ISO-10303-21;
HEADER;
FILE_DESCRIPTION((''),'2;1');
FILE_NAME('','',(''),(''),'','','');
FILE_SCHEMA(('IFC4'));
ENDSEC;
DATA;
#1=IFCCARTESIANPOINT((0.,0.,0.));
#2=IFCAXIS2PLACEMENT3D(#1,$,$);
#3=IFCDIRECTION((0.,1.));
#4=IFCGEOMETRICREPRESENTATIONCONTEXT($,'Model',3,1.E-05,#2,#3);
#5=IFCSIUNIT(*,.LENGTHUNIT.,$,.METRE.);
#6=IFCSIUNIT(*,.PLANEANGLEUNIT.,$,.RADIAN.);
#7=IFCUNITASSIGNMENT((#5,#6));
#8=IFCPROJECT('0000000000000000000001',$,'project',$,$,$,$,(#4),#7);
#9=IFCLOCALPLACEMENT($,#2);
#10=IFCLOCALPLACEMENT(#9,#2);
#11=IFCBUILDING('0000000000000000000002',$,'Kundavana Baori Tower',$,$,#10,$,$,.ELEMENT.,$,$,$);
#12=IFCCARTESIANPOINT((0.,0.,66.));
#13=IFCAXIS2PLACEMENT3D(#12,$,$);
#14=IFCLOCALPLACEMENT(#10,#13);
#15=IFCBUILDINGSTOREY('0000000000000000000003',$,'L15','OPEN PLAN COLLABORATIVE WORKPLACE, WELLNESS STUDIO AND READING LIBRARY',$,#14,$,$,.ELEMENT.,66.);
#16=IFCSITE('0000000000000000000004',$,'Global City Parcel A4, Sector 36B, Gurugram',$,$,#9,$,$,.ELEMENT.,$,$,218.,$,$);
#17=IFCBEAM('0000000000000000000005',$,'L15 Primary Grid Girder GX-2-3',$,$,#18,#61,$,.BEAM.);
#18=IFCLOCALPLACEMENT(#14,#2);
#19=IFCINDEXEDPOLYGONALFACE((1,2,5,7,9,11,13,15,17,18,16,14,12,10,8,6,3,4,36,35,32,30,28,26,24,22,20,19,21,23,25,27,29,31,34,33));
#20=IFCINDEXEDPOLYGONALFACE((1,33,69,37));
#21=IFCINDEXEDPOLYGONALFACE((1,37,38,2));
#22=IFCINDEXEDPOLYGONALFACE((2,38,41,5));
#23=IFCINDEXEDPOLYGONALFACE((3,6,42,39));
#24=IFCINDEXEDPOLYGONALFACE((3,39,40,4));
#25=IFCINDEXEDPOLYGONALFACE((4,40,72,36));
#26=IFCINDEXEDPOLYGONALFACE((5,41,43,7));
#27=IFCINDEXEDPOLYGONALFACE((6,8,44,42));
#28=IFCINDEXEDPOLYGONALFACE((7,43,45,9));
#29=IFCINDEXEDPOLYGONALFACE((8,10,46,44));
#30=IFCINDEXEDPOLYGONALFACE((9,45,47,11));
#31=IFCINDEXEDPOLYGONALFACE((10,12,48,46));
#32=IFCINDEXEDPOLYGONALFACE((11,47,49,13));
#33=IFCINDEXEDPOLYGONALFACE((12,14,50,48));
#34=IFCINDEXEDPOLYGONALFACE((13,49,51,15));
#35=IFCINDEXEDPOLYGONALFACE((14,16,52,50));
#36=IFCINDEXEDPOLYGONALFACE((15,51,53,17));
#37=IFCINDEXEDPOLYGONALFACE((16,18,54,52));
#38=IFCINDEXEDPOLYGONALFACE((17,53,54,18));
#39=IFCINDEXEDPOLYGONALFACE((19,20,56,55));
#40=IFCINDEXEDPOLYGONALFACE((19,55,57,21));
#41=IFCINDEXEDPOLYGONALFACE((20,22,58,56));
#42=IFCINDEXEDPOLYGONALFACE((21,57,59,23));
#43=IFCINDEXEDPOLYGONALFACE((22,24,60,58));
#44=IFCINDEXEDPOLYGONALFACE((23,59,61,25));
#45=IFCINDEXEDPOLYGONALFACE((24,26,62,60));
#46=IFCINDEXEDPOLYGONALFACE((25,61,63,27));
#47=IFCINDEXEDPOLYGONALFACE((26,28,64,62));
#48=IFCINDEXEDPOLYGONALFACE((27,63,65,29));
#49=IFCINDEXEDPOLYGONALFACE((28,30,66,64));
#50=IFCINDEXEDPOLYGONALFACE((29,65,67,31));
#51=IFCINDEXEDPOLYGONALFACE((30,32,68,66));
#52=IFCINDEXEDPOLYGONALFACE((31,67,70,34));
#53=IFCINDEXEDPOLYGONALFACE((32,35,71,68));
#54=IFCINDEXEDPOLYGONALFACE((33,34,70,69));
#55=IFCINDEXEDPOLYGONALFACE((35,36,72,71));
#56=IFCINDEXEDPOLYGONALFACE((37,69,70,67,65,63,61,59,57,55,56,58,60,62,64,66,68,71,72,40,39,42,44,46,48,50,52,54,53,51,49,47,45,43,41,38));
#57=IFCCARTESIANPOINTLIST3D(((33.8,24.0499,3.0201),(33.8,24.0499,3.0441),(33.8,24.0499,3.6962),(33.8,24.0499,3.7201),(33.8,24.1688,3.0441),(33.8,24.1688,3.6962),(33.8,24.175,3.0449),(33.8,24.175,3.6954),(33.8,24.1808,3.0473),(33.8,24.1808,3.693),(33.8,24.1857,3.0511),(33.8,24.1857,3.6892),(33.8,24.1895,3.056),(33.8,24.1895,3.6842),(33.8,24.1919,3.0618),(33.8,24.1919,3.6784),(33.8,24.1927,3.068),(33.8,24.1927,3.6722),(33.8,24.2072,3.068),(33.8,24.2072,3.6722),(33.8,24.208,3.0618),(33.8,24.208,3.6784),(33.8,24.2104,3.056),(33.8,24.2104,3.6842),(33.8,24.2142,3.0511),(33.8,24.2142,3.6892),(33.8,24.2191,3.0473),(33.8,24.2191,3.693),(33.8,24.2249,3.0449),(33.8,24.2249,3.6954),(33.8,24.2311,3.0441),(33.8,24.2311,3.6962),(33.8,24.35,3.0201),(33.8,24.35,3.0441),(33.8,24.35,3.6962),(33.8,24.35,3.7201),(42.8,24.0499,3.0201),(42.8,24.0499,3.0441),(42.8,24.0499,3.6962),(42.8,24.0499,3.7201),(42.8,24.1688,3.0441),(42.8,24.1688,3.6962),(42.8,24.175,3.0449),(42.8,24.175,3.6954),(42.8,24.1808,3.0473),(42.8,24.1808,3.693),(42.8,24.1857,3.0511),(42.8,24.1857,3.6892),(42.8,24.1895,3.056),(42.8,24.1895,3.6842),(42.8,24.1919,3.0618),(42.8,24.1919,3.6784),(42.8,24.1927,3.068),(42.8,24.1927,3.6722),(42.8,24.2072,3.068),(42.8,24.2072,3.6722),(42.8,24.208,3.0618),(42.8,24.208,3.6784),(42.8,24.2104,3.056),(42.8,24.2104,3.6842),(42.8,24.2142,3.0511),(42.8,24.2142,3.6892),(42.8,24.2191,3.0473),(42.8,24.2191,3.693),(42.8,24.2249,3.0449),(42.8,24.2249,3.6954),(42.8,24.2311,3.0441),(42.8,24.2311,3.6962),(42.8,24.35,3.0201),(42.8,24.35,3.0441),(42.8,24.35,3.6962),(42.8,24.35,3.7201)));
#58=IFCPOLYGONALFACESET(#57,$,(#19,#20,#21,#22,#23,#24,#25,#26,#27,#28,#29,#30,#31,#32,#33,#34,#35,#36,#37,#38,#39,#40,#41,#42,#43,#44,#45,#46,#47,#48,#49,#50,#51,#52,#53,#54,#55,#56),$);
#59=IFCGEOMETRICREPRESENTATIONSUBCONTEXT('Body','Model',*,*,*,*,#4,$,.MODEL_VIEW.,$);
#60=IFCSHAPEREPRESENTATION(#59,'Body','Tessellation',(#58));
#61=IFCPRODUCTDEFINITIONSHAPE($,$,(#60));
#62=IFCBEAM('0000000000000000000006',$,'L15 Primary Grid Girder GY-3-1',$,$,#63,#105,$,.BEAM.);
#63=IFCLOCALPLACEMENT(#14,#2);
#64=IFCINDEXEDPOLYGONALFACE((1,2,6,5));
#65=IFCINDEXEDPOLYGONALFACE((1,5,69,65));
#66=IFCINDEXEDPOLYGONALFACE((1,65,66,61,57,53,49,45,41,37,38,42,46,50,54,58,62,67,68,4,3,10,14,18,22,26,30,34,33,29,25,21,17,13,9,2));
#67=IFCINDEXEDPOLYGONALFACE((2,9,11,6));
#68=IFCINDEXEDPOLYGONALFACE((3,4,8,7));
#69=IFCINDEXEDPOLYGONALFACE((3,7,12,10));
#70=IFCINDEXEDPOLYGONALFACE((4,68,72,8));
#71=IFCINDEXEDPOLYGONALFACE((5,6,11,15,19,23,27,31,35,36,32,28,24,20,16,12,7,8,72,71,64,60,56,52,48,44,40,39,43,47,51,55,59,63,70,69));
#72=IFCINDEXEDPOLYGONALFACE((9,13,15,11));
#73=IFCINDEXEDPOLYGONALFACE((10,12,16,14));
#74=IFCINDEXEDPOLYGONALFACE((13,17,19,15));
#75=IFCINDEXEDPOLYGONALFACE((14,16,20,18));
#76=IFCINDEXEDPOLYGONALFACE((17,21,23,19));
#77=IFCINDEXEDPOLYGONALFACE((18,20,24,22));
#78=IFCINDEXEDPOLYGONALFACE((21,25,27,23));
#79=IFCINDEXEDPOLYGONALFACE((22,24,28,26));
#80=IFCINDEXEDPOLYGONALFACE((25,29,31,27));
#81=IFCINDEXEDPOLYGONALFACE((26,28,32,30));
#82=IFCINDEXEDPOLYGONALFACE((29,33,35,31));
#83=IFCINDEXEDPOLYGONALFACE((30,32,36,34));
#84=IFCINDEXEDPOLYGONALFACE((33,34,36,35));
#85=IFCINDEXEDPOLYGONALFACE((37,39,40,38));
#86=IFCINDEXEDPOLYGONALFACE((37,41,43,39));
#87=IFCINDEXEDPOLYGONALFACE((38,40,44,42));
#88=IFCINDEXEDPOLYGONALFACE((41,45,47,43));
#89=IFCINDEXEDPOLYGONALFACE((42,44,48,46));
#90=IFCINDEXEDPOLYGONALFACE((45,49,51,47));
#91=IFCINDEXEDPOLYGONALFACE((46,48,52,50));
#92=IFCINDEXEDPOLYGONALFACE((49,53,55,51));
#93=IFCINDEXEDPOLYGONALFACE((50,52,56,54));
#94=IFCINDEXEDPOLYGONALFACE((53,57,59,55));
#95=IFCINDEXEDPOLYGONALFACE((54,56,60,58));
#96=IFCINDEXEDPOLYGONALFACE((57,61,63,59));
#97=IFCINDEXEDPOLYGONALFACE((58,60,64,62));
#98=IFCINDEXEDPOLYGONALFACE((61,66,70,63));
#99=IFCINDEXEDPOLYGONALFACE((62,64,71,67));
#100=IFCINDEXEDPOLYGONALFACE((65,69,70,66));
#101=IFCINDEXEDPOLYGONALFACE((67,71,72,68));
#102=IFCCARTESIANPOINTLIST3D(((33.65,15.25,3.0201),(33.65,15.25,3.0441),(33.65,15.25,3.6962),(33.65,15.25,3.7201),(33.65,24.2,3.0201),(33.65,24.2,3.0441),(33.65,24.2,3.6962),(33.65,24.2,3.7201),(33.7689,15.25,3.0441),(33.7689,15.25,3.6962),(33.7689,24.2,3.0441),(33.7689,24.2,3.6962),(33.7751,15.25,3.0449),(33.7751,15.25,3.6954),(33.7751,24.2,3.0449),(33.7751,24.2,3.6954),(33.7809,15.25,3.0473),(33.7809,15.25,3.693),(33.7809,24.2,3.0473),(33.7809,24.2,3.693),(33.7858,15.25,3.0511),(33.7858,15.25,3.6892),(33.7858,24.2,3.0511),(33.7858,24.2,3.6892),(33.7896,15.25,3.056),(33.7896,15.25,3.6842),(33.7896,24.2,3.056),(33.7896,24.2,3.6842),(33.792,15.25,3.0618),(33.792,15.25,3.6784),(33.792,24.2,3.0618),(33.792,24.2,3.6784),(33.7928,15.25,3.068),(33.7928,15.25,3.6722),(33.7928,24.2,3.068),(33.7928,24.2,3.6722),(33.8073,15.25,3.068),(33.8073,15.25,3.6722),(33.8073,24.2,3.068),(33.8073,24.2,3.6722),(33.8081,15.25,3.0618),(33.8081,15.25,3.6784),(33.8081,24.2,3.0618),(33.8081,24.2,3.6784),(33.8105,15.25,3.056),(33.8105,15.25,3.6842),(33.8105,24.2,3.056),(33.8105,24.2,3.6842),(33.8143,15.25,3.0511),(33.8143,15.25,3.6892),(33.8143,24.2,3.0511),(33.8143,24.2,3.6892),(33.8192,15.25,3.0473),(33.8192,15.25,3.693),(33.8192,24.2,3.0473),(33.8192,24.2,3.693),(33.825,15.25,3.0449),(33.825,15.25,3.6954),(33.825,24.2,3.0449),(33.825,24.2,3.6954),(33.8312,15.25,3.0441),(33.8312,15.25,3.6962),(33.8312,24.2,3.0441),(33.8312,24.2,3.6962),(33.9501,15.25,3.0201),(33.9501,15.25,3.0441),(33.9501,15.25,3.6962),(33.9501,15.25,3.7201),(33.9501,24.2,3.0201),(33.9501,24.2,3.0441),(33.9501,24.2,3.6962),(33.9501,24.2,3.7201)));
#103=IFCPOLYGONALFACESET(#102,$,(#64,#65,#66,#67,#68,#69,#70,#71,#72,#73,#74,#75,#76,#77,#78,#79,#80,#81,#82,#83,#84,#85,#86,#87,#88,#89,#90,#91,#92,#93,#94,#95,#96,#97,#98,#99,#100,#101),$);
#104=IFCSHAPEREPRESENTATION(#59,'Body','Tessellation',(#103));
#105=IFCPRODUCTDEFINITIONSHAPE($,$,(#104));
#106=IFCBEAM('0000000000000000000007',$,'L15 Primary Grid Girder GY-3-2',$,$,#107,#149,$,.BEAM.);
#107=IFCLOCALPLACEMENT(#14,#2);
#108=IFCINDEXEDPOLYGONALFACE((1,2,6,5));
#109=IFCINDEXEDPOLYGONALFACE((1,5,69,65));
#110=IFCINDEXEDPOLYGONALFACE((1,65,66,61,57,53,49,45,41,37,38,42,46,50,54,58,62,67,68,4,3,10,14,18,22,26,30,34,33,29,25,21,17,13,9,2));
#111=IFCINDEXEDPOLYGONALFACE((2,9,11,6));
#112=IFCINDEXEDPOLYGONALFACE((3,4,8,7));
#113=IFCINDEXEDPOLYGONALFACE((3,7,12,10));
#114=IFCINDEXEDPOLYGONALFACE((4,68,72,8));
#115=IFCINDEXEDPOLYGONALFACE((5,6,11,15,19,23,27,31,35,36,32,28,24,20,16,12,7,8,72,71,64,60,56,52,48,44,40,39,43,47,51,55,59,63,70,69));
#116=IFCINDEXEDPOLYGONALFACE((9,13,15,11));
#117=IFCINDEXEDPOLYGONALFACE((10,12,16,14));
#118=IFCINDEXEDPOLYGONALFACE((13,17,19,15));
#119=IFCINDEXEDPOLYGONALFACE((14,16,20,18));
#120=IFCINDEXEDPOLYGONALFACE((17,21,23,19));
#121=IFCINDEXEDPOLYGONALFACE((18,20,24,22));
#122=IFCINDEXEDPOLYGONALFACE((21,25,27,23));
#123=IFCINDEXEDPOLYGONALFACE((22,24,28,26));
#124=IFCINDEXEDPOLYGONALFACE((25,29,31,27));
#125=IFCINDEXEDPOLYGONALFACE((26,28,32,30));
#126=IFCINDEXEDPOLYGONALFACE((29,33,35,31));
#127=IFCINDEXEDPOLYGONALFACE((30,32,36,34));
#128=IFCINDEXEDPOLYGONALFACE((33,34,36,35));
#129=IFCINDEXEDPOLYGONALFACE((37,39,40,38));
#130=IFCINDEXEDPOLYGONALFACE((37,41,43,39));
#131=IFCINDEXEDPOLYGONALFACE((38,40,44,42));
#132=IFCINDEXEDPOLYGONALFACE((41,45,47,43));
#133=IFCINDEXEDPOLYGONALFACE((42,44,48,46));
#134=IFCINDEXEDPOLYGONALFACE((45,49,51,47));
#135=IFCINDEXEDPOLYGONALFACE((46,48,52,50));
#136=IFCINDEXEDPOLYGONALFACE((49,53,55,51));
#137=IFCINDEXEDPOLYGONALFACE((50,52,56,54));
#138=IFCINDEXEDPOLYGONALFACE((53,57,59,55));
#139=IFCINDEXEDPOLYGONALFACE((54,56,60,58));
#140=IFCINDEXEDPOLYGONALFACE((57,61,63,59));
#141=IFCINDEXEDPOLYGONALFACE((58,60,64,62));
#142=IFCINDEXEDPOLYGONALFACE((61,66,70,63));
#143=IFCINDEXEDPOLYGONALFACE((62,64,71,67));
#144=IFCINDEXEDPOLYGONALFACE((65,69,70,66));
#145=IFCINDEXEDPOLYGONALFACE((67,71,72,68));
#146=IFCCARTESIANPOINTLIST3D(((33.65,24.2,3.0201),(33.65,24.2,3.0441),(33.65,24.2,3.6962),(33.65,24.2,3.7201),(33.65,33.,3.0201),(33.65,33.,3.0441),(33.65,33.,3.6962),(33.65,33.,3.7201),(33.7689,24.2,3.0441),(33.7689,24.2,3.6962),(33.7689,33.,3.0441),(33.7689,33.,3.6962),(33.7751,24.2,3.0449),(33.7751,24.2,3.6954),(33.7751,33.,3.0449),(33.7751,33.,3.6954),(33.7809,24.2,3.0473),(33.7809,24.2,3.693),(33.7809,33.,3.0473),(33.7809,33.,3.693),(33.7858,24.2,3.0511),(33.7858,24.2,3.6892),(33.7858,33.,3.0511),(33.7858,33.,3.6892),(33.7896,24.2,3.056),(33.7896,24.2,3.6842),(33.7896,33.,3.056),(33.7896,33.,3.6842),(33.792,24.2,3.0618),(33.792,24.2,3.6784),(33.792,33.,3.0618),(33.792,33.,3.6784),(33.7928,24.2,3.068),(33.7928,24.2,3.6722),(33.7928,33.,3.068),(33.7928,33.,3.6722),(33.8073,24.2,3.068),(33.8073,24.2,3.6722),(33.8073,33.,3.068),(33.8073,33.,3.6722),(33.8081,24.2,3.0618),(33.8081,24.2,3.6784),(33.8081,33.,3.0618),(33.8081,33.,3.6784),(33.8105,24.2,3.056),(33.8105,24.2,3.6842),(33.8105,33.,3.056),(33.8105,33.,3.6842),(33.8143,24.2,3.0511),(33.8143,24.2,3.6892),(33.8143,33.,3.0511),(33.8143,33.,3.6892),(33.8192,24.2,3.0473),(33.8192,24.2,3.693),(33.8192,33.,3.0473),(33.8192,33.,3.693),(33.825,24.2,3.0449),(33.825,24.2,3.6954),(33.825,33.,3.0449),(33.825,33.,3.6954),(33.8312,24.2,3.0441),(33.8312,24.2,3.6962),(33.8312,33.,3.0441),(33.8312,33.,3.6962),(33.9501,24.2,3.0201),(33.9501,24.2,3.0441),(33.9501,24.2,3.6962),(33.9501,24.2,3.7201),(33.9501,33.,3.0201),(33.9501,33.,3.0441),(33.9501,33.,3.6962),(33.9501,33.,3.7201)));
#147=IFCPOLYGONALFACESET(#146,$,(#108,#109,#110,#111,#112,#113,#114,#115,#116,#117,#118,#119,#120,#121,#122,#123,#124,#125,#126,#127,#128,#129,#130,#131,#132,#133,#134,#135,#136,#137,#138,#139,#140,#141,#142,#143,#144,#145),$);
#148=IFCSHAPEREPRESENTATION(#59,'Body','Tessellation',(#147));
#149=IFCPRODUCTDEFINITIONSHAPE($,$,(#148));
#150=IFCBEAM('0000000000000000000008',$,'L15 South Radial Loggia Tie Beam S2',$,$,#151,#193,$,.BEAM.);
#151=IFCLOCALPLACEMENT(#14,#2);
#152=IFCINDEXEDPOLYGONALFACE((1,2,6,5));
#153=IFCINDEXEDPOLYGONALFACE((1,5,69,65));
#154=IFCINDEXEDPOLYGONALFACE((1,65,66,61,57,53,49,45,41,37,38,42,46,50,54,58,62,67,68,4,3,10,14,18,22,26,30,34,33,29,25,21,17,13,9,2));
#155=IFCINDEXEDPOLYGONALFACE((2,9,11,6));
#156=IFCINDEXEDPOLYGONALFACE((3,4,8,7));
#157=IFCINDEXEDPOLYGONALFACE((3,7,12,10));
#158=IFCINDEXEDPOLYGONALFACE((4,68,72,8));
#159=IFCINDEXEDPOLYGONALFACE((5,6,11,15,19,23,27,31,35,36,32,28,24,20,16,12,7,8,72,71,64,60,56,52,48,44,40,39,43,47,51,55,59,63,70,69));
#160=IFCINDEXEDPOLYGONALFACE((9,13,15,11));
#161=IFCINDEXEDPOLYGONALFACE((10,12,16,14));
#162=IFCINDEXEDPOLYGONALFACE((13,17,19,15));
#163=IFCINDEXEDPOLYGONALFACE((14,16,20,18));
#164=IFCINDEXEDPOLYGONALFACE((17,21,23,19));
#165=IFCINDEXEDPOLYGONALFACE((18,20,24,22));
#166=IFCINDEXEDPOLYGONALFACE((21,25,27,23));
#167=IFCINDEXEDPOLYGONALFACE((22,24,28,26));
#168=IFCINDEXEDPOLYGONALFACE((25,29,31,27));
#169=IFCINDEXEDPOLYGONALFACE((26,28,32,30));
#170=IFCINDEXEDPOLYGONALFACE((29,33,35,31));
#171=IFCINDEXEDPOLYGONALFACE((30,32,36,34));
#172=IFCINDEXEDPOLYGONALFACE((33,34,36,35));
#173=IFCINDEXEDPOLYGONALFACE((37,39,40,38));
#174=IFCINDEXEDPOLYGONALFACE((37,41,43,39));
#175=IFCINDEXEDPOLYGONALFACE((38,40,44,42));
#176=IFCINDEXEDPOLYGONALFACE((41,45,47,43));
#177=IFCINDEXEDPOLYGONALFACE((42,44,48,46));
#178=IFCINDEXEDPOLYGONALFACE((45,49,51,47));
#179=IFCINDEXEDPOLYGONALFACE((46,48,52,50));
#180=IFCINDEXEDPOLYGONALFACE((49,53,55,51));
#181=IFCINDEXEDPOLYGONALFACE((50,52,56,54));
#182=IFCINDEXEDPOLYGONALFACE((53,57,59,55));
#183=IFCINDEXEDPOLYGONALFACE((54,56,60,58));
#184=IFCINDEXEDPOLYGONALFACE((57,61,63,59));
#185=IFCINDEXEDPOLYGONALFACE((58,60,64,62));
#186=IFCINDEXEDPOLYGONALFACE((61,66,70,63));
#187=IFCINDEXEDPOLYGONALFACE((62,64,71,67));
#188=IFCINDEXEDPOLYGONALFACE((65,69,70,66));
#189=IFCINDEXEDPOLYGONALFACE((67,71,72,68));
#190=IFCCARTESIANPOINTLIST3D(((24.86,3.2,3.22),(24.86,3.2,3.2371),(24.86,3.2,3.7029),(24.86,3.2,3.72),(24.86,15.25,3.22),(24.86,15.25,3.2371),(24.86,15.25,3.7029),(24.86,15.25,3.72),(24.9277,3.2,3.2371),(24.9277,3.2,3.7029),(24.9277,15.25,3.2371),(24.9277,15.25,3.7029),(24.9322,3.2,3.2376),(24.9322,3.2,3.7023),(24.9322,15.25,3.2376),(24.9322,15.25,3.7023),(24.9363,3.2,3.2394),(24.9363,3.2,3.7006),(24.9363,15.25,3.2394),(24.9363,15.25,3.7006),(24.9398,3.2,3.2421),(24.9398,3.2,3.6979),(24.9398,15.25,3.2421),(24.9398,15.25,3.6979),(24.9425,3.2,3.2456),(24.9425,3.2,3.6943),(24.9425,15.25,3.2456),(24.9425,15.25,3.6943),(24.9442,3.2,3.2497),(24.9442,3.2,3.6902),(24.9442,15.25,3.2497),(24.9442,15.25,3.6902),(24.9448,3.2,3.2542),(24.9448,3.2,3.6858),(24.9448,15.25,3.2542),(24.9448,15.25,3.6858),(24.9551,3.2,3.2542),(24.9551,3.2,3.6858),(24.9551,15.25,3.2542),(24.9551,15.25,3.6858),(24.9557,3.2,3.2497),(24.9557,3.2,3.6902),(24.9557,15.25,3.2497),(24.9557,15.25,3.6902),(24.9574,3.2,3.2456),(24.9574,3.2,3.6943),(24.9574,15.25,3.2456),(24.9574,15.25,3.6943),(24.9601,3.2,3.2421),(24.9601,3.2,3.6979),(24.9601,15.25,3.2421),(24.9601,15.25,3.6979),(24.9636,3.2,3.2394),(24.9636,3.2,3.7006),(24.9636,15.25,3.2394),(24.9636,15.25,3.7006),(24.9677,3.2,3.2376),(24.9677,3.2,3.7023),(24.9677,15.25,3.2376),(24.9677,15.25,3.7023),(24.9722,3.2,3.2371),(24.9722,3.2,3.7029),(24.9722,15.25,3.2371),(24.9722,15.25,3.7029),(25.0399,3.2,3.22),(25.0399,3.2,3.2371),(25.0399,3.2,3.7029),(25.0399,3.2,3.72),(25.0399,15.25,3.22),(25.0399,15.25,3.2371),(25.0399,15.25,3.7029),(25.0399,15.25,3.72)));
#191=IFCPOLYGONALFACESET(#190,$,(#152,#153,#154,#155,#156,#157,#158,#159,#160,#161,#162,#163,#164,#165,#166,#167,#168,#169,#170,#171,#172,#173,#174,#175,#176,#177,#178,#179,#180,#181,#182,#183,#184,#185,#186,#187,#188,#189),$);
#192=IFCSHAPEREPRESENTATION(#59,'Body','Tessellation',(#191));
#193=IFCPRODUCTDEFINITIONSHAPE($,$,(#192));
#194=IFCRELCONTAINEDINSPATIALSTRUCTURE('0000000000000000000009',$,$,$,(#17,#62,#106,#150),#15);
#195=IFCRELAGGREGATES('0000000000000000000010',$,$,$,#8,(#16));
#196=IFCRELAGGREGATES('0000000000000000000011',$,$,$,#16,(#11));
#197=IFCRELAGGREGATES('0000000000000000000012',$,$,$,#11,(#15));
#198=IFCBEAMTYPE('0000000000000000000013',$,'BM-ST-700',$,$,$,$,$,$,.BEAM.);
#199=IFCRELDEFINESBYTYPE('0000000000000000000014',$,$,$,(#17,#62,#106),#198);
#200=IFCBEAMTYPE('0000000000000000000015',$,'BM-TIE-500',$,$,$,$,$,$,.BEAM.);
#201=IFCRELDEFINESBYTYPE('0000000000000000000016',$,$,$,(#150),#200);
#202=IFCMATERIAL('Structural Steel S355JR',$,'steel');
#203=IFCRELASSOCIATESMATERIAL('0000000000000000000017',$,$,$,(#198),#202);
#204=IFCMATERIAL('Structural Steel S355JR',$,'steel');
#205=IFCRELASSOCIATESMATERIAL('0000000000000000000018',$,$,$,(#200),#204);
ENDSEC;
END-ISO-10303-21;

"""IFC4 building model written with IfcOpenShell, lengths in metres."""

from ifc_helpers import new_model, si_unit, direction, frame, origin, origin_2d, place, context, subcontext, project, spatial, i_section, extrude, material, material_profile, profile_set, type_object, element, save


model = new_model("IFC4")

# Units and contexts
model_context = context("Model", 3, precision=1e-05, world=origin(), true_north=direction((0.0, 1.0)))
body_context = subcontext(model_context, "Body", "Model", "MODEL_VIEW")
ifc_project = project(units=[si_unit("LENGTHUNIT", "METRE"), si_unit("PLANEANGLEUNIT", "RADIAN")], contexts=[model_context])

# Site, building, storey
site_placement = place(None, origin())
site = spatial("IfcSite", under=ifc_project, at=site_placement, Name="Global City Parcel A4, Sector 36B, Gurugram", CompositionType="ELEMENT", RefElevation=218.0)
building_placement = place(site_placement, origin())
building = spatial("IfcBuilding", under=site, at=building_placement, Name="Kundavana Baori Tower", CompositionType="ELEMENT")
storey_placement = place(building_placement, frame((0.0, 0.0, 66.0)))
storey = spatial("IfcBuildingStorey", under=building, at=storey_placement, Name="L15", Description="OPEN PLAN COLLABORATIVE WORKPLACE, WELLNESS STUDIO AND READING LIBRARY", CompositionType="ELEMENT", Elevation=66.0)

# Beams
ifc_material_1 = material(Name="Structural Steel S355JR", Category="steel")
ifc_material_profile_1 = material_profile(ifc_material_1, i_section(OverallWidth=0.3, OverallDepth=0.7, WebThickness=0.0144, FlangeThickness=0.0239, FilletRadius=0.0239, at=origin_2d()), Name="NPB 700x300x170")
ifc_profile_set_1 = profile_set([ifc_material_profile_1], Name="Structural Steel S355JR")
beam_type_1 = type_object("IfcBeamType", Name="BM-ST-700", PredefinedType="BEAM", material=ifc_profile_set_1)
beam_1_placement = place(storey_placement, frame((33.8, 24.2, 3.3701), z_axis=(1.0, 0.0, 0.0), x_axis=(0.0, 1.0, 0.0)))
element("IfcBeam", 1, at=beam_1_placement, inside=storey, type_object=beam_type_1, Name="L15 Primary Grid Girder GX-2-3", PredefinedType="BEAM", context=body_context, shape_type="SweptSolid", body=[
    extrude(i_section(OverallWidth=0.3, OverallDepth=0.7, WebThickness=0.0144, FlangeThickness=0.0239, FilletRadius=0.0239, at=origin_2d()), origin(), (0.0, 0.0, 1.0), 9.0),
])
beam_2_placement = place(storey_placement, frame((33.8, 15.25, 3.3701), z_axis=(0.0, 1.0, 0.0), x_axis=(-1.0, 0.0, 0.0)))
element("IfcBeam", 2, at=beam_2_placement, inside=storey, type_object=beam_type_1, Name="L15 Primary Grid Girder GY-3-1", PredefinedType="BEAM", context=body_context, shape_type="SweptSolid", body=[
    extrude(i_section(OverallWidth=0.3, OverallDepth=0.7, WebThickness=0.0144, FlangeThickness=0.0239, FilletRadius=0.0239, at=origin_2d()), origin(), (0.0, 0.0, 1.0), 8.95),
])
beam_3_placement = place(storey_placement, frame((33.8, 24.2, 3.3701), z_axis=(0.0, 1.0, 0.0), x_axis=(-1.0, 0.0, 0.0)))
element("IfcBeam", 3, at=beam_3_placement, inside=storey, type_object=beam_type_1, Name="L15 Primary Grid Girder GY-3-2", PredefinedType="BEAM", context=body_context, shape_type="SweptSolid", body=[
    extrude(i_section(OverallWidth=0.3, OverallDepth=0.7, WebThickness=0.0144, FlangeThickness=0.0239, FilletRadius=0.0239, at=origin_2d()), origin(), (0.0, 0.0, 1.0), 8.8),
])
ifc_material_2 = material(Name="Structural Steel S355JR", Category="steel")
ifc_material_profile_2 = material_profile(ifc_material_2, i_section(OverallWidth=0.1799, OverallDepth=0.5, WebThickness=0.0103, FlangeThickness=0.0171, FilletRadius=0.0171, at=origin_2d()), Name="ISMB 500")
ifc_profile_set_2 = profile_set([ifc_material_profile_2], Name="Structural Steel S355JR")
beam_type_2 = type_object("IfcBeamType", Name="BM-TIE-500", PredefinedType="BEAM", material=ifc_profile_set_2)
for number, where, z_axis, x_axis, name in (
    (4, (24.95, 15.25, 3.47), (0.0, -1.0, 0.0), (1.0, 0.0, 0.0), "L15 South Radial Loggia Tie Beam S2"),
):
    element("IfcBeam", number, at=place(storey_placement, frame(where, z_axis=z_axis, x_axis=x_axis)), inside=storey, type_object=beam_type_2, Name=name, PredefinedType="BEAM", context=body_context, shape_type="SweptSolid", body=[
        extrude(i_section(OverallWidth=0.1799, OverallDepth=0.5, WebThickness=0.0103, FlangeThickness=0.0171, FilletRadius=0.0171, at=origin_2d()), origin(), (0.0, 0.0, 1.0), 12.05),
    ])

save(model, "model.ifc")
